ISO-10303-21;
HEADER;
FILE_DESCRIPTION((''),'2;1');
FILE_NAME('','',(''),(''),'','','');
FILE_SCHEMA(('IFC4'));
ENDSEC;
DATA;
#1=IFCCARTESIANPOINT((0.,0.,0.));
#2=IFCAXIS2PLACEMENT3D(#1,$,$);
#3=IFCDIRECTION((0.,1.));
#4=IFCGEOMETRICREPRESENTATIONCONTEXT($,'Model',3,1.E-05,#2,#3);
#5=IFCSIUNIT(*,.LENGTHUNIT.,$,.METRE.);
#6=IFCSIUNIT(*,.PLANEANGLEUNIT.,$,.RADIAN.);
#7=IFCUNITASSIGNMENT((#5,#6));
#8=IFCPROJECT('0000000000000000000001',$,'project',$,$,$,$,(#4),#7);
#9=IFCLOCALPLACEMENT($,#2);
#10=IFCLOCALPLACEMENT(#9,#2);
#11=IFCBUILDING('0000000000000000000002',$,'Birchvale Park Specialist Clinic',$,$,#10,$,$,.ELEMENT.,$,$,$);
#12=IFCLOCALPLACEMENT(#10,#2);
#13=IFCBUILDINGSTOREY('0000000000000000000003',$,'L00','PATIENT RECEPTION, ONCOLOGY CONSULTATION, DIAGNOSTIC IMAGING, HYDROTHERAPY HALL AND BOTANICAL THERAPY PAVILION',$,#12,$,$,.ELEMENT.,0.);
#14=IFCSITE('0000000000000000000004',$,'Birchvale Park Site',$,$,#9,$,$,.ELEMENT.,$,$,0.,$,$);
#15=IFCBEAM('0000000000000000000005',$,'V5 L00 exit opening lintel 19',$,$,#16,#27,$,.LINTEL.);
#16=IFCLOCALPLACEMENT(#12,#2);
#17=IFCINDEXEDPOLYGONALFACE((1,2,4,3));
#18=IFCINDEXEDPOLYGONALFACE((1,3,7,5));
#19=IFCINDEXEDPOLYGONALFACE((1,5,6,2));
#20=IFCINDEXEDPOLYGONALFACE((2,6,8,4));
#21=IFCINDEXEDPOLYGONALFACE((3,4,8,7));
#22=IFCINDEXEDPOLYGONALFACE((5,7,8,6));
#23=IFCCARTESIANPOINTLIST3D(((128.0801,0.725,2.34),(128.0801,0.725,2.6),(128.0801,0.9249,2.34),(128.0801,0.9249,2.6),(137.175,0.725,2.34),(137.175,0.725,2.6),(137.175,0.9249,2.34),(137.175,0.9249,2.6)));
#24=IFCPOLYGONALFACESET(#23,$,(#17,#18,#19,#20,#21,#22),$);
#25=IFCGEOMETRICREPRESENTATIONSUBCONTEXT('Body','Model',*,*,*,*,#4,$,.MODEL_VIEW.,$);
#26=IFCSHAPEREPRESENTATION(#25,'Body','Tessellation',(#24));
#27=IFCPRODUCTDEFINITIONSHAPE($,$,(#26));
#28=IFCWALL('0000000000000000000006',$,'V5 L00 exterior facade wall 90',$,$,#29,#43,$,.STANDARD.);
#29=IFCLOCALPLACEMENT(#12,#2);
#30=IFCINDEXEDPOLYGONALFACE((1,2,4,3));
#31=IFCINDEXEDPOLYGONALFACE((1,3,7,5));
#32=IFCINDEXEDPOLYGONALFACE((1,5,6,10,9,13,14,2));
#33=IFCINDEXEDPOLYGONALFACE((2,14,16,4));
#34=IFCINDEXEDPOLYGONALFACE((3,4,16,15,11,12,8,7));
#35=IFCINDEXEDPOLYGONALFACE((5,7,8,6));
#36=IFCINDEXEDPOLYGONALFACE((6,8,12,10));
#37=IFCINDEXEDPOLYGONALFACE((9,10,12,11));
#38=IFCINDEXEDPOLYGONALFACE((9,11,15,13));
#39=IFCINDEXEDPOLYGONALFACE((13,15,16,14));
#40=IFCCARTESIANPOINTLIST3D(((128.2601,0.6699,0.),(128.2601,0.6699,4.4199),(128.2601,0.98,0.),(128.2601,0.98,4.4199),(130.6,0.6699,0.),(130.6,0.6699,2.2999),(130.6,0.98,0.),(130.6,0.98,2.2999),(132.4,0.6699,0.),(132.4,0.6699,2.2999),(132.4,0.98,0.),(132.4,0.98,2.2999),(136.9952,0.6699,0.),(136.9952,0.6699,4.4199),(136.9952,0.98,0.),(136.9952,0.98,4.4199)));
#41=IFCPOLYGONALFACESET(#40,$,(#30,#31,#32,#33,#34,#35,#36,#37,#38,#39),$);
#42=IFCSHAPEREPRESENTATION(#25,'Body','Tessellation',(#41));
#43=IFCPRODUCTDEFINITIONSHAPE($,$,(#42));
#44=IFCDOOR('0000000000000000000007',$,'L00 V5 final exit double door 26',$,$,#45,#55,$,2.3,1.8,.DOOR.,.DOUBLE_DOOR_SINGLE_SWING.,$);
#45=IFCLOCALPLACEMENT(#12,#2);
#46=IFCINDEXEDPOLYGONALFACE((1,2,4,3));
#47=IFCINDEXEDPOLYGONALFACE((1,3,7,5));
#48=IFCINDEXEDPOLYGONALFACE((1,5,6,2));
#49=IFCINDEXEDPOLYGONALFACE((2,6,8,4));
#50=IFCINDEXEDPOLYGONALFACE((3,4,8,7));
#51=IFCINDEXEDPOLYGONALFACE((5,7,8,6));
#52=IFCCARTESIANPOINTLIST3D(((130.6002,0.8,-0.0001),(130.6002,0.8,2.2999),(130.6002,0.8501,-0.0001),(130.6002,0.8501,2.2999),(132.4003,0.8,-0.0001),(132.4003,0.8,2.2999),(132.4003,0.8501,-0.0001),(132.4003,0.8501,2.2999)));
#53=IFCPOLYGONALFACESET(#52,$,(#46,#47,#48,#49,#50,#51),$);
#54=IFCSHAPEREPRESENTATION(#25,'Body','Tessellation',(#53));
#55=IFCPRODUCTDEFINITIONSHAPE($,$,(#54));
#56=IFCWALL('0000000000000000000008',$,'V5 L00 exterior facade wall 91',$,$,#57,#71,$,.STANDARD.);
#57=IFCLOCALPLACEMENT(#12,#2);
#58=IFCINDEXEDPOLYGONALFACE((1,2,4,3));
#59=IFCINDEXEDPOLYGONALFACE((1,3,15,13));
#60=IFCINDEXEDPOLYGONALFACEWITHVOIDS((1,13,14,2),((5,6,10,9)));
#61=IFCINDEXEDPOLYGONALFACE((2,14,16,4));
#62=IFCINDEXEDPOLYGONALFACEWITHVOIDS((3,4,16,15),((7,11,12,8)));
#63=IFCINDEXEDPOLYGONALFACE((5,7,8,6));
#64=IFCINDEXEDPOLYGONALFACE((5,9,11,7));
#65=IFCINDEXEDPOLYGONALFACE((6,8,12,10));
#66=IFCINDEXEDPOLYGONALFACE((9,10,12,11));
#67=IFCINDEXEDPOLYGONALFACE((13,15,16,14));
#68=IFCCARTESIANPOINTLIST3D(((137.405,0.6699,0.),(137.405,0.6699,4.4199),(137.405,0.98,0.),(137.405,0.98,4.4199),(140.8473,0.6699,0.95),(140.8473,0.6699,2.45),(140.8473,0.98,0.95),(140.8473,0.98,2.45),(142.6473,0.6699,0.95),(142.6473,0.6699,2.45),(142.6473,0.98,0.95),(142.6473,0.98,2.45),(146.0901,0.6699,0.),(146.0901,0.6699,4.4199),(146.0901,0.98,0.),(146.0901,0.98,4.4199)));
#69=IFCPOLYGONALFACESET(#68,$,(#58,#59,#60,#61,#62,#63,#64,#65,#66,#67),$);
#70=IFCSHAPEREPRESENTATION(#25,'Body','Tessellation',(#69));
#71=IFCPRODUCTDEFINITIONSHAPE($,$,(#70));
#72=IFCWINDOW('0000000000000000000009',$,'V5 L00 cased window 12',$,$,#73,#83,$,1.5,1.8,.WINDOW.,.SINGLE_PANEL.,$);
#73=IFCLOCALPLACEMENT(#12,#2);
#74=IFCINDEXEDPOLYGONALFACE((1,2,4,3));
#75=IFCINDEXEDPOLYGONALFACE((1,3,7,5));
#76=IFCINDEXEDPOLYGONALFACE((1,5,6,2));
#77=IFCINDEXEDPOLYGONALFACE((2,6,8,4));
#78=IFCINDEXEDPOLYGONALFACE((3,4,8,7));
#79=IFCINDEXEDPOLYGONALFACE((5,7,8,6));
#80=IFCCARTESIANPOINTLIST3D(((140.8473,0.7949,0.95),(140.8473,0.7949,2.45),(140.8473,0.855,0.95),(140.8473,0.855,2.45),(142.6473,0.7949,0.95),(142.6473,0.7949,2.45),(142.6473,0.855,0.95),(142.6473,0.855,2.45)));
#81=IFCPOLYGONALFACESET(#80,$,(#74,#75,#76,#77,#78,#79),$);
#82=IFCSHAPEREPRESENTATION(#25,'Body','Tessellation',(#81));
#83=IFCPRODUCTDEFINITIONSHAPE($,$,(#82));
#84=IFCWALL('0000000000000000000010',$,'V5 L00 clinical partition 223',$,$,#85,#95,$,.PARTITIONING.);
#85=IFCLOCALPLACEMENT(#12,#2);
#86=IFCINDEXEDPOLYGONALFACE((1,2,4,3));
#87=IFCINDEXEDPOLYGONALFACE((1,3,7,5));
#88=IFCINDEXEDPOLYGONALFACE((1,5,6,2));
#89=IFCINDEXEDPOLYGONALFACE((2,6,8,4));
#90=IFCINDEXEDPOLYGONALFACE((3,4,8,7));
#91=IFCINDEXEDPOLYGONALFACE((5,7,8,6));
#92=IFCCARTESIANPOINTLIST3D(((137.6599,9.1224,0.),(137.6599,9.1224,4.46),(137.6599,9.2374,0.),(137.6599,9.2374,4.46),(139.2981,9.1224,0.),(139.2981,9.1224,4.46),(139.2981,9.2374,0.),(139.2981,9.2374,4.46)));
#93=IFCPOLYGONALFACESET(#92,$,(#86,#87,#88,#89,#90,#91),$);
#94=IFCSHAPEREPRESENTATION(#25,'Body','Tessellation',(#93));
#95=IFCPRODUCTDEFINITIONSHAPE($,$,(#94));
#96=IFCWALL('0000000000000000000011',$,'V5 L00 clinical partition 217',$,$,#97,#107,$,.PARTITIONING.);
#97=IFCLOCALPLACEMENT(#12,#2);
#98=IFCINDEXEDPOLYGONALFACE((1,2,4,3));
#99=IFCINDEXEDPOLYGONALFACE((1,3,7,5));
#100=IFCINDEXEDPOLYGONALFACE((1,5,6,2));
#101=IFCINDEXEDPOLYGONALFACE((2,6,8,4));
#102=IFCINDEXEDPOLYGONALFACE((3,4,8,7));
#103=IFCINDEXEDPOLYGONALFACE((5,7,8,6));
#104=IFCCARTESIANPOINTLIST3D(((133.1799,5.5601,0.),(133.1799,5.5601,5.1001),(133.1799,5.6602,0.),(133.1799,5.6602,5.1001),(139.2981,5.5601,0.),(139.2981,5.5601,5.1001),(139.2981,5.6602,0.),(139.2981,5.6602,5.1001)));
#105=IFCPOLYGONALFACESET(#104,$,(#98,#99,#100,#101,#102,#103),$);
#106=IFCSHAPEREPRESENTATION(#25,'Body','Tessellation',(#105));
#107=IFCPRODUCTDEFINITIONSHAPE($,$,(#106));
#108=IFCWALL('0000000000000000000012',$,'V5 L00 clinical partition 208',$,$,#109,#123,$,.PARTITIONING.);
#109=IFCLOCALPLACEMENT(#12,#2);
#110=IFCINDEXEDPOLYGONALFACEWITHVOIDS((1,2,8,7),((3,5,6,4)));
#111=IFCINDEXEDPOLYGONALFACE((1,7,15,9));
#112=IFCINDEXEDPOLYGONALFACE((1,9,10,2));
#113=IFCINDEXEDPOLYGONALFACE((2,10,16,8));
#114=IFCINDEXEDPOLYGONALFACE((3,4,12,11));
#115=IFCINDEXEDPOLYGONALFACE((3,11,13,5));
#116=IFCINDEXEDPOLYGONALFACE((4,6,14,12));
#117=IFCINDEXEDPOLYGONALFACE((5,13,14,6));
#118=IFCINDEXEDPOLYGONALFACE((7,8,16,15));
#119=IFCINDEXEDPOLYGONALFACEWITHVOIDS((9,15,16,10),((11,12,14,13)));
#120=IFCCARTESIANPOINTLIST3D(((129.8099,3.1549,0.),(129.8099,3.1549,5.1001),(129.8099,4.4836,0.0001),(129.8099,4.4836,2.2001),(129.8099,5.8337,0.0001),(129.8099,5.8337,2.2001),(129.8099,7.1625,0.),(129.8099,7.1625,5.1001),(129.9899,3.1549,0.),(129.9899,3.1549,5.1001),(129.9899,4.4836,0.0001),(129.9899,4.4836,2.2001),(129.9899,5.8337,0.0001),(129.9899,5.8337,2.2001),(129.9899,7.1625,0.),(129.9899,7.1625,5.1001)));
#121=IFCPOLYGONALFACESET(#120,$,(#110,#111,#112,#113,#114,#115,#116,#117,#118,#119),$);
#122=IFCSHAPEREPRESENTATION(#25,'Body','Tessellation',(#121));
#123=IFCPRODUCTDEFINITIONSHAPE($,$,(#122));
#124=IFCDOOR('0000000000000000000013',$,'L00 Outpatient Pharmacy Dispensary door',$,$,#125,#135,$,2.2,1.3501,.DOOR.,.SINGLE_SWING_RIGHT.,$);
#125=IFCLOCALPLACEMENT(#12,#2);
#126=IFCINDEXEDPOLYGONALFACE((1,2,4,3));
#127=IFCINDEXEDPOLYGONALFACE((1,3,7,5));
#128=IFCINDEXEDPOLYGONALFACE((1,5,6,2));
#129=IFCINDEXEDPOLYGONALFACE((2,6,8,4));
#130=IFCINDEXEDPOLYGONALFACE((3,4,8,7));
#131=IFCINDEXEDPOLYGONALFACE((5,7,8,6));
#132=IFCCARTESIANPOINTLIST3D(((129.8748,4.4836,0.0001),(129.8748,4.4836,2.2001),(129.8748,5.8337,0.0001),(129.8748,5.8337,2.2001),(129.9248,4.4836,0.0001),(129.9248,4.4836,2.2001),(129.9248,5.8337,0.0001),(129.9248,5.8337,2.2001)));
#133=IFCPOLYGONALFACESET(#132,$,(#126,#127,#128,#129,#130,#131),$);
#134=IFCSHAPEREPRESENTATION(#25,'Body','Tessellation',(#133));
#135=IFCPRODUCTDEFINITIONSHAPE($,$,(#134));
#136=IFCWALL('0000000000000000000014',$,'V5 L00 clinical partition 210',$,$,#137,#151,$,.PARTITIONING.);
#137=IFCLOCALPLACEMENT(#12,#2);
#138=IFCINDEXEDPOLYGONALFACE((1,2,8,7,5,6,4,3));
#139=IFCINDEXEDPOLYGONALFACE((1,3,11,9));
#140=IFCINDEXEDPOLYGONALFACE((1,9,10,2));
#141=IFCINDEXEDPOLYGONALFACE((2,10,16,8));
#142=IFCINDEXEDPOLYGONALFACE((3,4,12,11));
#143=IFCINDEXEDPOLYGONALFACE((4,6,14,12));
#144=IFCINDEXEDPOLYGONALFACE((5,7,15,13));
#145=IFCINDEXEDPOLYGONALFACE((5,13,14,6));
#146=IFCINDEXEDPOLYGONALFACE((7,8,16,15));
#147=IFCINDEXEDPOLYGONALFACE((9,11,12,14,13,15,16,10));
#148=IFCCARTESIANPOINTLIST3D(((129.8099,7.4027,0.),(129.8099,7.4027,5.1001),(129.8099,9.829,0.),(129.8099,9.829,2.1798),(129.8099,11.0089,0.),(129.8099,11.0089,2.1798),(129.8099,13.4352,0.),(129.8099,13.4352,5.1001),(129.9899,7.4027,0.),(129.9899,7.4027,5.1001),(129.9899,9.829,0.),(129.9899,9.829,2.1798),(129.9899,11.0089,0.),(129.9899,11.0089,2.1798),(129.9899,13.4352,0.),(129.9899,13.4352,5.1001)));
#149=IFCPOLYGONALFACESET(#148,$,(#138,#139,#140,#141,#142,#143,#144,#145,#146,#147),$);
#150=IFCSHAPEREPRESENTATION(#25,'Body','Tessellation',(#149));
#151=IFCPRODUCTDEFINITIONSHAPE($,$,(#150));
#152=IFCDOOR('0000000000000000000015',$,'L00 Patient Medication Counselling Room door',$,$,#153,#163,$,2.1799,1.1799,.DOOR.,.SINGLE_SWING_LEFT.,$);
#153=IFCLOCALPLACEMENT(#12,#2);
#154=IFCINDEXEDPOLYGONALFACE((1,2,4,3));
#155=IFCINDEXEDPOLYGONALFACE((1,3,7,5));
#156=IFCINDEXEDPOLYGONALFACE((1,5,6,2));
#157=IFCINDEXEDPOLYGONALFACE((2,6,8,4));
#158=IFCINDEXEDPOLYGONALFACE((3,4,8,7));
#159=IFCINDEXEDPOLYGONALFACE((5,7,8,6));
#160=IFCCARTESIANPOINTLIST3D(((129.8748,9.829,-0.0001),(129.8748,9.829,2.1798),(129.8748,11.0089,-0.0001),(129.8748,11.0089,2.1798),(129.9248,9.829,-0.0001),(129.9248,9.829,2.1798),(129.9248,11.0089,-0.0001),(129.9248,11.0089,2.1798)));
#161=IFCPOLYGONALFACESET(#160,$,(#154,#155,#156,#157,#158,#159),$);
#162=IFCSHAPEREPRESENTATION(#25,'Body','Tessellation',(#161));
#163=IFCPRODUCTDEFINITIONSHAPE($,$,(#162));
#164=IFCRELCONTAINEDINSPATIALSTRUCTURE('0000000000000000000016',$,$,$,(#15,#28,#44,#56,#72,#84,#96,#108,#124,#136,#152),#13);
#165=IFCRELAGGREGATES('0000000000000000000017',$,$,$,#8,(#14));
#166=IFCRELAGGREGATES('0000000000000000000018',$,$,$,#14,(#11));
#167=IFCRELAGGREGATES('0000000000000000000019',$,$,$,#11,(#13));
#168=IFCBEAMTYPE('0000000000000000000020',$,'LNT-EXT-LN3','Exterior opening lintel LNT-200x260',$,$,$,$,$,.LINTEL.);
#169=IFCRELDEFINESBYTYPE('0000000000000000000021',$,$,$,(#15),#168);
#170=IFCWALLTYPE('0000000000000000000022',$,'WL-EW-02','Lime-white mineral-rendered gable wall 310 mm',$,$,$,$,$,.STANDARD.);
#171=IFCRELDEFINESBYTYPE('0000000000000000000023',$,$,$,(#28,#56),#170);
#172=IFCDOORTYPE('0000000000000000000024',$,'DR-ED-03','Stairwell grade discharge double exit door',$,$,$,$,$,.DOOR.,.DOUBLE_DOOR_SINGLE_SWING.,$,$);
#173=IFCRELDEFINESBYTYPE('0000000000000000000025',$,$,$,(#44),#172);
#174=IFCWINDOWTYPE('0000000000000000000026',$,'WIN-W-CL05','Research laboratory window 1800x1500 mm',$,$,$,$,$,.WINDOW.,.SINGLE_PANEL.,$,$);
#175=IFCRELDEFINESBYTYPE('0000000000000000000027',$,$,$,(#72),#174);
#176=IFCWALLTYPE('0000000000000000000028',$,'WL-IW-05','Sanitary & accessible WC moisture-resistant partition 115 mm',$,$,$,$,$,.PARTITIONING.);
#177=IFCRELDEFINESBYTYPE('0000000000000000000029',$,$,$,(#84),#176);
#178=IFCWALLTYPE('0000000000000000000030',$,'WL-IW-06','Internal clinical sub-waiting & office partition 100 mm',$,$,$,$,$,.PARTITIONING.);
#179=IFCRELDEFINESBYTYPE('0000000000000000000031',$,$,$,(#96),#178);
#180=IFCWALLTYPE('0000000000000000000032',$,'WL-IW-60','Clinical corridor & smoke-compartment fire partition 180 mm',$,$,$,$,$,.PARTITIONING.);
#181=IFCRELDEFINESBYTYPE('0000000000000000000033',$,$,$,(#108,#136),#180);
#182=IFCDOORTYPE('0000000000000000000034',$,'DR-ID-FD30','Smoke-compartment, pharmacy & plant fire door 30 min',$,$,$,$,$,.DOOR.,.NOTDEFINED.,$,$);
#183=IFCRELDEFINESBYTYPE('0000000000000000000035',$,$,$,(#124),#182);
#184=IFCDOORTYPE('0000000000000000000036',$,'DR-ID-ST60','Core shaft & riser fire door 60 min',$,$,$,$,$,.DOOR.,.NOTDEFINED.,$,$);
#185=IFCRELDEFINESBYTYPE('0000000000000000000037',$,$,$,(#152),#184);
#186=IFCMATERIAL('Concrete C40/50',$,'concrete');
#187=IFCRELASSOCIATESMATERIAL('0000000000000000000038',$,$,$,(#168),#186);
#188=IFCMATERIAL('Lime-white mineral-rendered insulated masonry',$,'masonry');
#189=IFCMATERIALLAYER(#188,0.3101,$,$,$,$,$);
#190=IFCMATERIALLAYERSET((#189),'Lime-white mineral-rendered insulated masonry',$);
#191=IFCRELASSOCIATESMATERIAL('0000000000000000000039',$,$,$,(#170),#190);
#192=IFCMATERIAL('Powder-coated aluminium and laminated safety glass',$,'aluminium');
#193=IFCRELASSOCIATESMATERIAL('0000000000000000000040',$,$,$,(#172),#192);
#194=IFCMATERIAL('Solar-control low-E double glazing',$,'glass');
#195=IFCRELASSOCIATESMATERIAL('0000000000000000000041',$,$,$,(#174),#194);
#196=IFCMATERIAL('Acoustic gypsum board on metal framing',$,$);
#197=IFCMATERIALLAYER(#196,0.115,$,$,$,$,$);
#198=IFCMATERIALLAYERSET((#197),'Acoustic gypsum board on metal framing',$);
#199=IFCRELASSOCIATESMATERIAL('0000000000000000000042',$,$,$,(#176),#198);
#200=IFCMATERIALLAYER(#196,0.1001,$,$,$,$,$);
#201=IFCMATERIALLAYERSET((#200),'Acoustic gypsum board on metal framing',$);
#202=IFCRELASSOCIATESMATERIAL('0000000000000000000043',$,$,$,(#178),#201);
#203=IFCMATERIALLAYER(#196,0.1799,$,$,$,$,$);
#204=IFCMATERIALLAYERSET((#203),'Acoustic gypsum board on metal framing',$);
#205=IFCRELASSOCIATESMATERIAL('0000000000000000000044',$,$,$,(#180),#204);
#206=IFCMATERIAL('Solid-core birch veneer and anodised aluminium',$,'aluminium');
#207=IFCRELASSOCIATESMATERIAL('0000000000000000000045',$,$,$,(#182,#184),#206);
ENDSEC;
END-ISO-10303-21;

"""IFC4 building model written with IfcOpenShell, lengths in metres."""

from ifc_helpers import new_model, si_unit, direction, frame, frame_2d, origin, origin_2d, place, context, subcontext, project, spatial, rectangle, extrude, material, layer, layer_set, material_profile, profile_set, type_object, element, fill, save


model = new_model("IFC4")

# Units and contexts
model_context = context("Model", 3, precision=1e-05, world=origin(), true_north=direction((0.0, 1.0)))
body_context = subcontext(model_context, "Body", "Model", "MODEL_VIEW")
ifc_project = project(units=[si_unit("LENGTHUNIT", "METRE"), si_unit("PLANEANGLEUNIT", "RADIAN")], contexts=[model_context])

# Site, building, storey
site_placement = place(None, origin())
site = spatial("IfcSite", under=ifc_project, at=site_placement, Name="Birchvale Park Site", CompositionType="ELEMENT", RefElevation=0.0)
building_placement = place(site_placement, origin())
building = spatial("IfcBuilding", under=site, at=building_placement, Name="Birchvale Park Specialist Clinic", CompositionType="ELEMENT")
storey_placement = place(building_placement, origin())
storey = spatial("IfcBuildingStorey", under=building, at=storey_placement, Name="L00", Description="PATIENT RECEPTION, ONCOLOGY CONSULTATION, DIAGNOSTIC IMAGING, HYDROTHERAPY HALL AND BOTANICAL THERAPY PAVILION", CompositionType="ELEMENT", Elevation=0.0)

# Shared definitions
ifc_material_1 = material(Name="Concrete C40/50", Category="concrete")

# Beam
ifc_material_profile_1 = material_profile(ifc_material_1, rectangle(XDim=0.2, YDim=0.26, at=origin_2d()), Name="LNT-200x260")
ifc_profile_set_1 = profile_set([ifc_material_profile_1], Name="Concrete C40/50")
beam_type = type_object("IfcBeamType", Name="LNT-EXT-LN3", Description="Exterior opening lintel LNT-200x260", PredefinedType="LINTEL", material=ifc_profile_set_1)
beam_placement = place(storey_placement, frame((128.0801, 0.825, 2.47), z_axis=(1.0, 0.0, 0.0), x_axis=(0.0, 1.0, 0.0)))
element("IfcBeam", 1, at=beam_placement, inside=storey, type_object=beam_type, Name="V5 L00 exit opening lintel 19", PredefinedType="LINTEL", context=body_context, shape_type="SweptSolid", body=[
    extrude(rectangle(XDim=0.2, YDim=0.26, at=origin_2d()), origin(), (0.0, 0.0, 1.0), 9.095),
])

# Wall, opening, door
ifc_material_2 = material(Name="Lime-white mineral-rendered insulated masonry", Category="masonry")
ifc_layer_1 = layer(ifc_material_2, 0.3101)
ifc_layer_set_1 = layer_set([ifc_layer_1], Name="Lime-white mineral-rendered insulated masonry")
wall_type_1 = type_object("IfcWallType", Name="WL-EW-02", Description="Lime-white mineral-rendered gable wall 310 mm", PredefinedType="STANDARD", material=ifc_layer_set_1)
wall_1_placement = place(storey_placement, frame((128.26, 0.825, 0.0), z_axis=(0.0, 0.0, 1.0), x_axis=(1.0, 0.0, 0.0)))
wall_1 = element("IfcWall", 2, at=wall_1_placement, inside=storey, type_object=wall_type_1, Name="V5 L00 exterior facade wall 90", PredefinedType="STANDARD", context=body_context, shape_type="SweptSolid", body=[
    extrude(rectangle(XDim=8.7351, YDim=0.3101, at=frame_2d((4.3677, 0.0))), origin(), (0.0, 0.0, 1.0), 4.4199),
])
opening_1_placement = place(wall_1_placement, frame((2.3401, 0.0, 0.0)))
opening_1 = element("IfcOpeningElement", 3, at=opening_1_placement, cuts=wall_1, PredefinedType="OPENING", context=body_context, shape_type="SweptSolid", body=[
    extrude(rectangle(XDim=1.8, YDim=2.3, at=frame_2d((0.8999, 1.1499))), frame((0.0, 0.165, 0.0), z_axis=(0.0, -1.0, 0.0), x_axis=(1.0, 0.0, 0.0)), (0.0, 0.0, 1.0), 0.3301),
])
ifc_material_3 = material(Name="Powder-coated aluminium and laminated safety glass", Category="aluminium")
door_type_1 = type_object("IfcDoorType", Name="DR-ED-03", Description="Stairwell grade discharge double exit door", OperationType="DOUBLE_DOOR_SINGLE_SWING", PredefinedType="DOOR", material=ifc_material_3)
door_1_placement = place(opening_1_placement, frame((1.8, 0.0, 0.0), z_axis=(0.0, 0.0, 1.0), x_axis=(-1.0, 0.0, 0.0)))
door_1 = element("IfcDoor", 4, at=door_1_placement, inside=storey, type_object=door_type_1, Name="L00 V5 final exit double door 26", OperationType="DOUBLE_DOOR_SINGLE_SWING", OverallHeight=2.3, OverallWidth=1.8, PredefinedType="DOOR", context=body_context, shape_type="SweptSolid", body=[
    extrude(rectangle(XDim=1.8, YDim=2.3, at=frame_2d((0.8999, 1.1499))), frame((0.0, 0.0249, 0.0), z_axis=(0.0, -1.0, 0.0), x_axis=(1.0, 0.0, 0.0)), (0.0, 0.0, 1.0), 0.05),
])
fill(opening_1, door_1)

# Wall, opening, window
wall_2_placement = place(storey_placement, frame((137.405, 0.825, 0.0), z_axis=(0.0, 0.0, 1.0), x_axis=(1.0, 0.0, 0.0)))
wall_2 = element("IfcWall", 5, at=wall_2_placement, inside=storey, type_object=wall_type_1, Name="V5 L00 exterior facade wall 91", PredefinedType="STANDARD", context=body_context, shape_type="SweptSolid", body=[
    extrude(rectangle(XDim=8.6851, YDim=0.3101, at=frame_2d((4.3425, 0.0))), origin(), (0.0, 0.0, 1.0), 4.4199),
])
opening_2_placement = place(wall_2_placement, frame((3.4424, 0.0, 0.95)))
opening_2 = element("IfcOpeningElement", 6, at=opening_2_placement, cuts=wall_2, PredefinedType="OPENING", context=body_context, shape_type="SweptSolid", body=[
    extrude(rectangle(XDim=1.8, YDim=1.5, at=frame_2d((0.8999, 0.75))), frame((0.0, 0.165, 0.0), z_axis=(0.0, -1.0, 0.0), x_axis=(1.0, 0.0, 0.0)), (0.0, 0.0, 1.0), 0.3301),
])
ifc_material_4 = material(Name="Solar-control low-E double glazing", Category="glass")
window_type = type_object("IfcWindowType", Name="WIN-W-CL05", Description="Research laboratory window 1800x1500 mm", PartitioningType="SINGLE_PANEL", PredefinedType="WINDOW", material=ifc_material_4)
window_placement = place(opening_2_placement, origin())
window = element("IfcWindow", 7, at=window_placement, inside=storey, type_object=window_type, Name="V5 L00 cased window 12", OverallHeight=1.5, OverallWidth=1.8, PartitioningType="SINGLE_PANEL", PredefinedType="WINDOW", context=body_context, shape_type="SweptSolid", body=[
    extrude(rectangle(XDim=1.8, YDim=1.5, at=frame_2d((0.8999, 0.75))), frame((0.0, 0.03, 0.0), z_axis=(0.0, -1.0, 0.0), x_axis=(1.0, 0.0, 0.0)), (0.0, 0.0, 1.0), 0.0601),
])
fill(opening_2, window)

# Walls
ifc_material_5 = material(Name="Acoustic gypsum board on metal framing")
ifc_layer_2 = layer(ifc_material_5, 0.115)
ifc_layer_set_2 = layer_set([ifc_layer_2], Name="Acoustic gypsum board on metal framing")
wall_type_2 = type_object("IfcWallType", Name="WL-IW-05", Description="Sanitary & accessible WC moisture-resistant partition 115 mm", PredefinedType="PARTITIONING", material=ifc_layer_set_2)
wall_3_placement = place(storey_placement, frame((137.6599, 9.1799, 0.0), z_axis=(0.0, 0.0, 1.0), x_axis=(1.0, 0.0, 0.0)))
element("IfcWall", 8, at=wall_3_placement, inside=storey, type_object=wall_type_2, Name="V5 L00 clinical partition 223", PredefinedType="PARTITIONING", context=body_context, shape_type="SweptSolid", body=[
    extrude(rectangle(XDim=1.6382, YDim=0.115, at=frame_2d((0.8191, 0.0))), origin(), (0.0, 0.0, 1.0), 4.46),
])
ifc_layer_3 = layer(ifc_material_5, 0.1001)
ifc_layer_set_3 = layer_set([ifc_layer_3], Name="Acoustic gypsum board on metal framing")
wall_type_3 = type_object("IfcWallType", Name="WL-IW-06", Description="Internal clinical sub-waiting & office partition 100 mm", PredefinedType="PARTITIONING", material=ifc_layer_set_3)
wall_4_placement = place(storey_placement, frame((133.1799, 5.6101, 0.0), z_axis=(0.0, 0.0, 1.0), x_axis=(1.0, 0.0, 0.0)))
element("IfcWall", 9, at=wall_4_placement, inside=storey, type_object=wall_type_3, Name="V5 L00 clinical partition 217", PredefinedType="PARTITIONING", context=body_context, shape_type="SweptSolid", body=[
    extrude(rectangle(XDim=6.1182, YDim=0.1001, at=frame_2d((3.0591, 0.0))), origin(), (0.0, 0.0, 1.0), 5.1001),
])

# Walls, openings, doors
ifc_layer_4 = layer(ifc_material_5, 0.1799)
ifc_layer_set_4 = layer_set([ifc_layer_4], Name="Acoustic gypsum board on metal framing")
wall_type_4 = type_object("IfcWallType", Name="WL-IW-60", Description="Clinical corridor & smoke-compartment fire partition 180 mm", PredefinedType="PARTITIONING", material=ifc_layer_set_4)
wall_5_placement = place(storey_placement, frame((129.8999, 7.1626, 0.0), z_axis=(0.0, 0.0, 1.0), x_axis=(0.0, -1.0, 0.0)))
wall_5 = element("IfcWall", 10, at=wall_5_placement, inside=storey, type_object=wall_type_4, Name="V5 L00 clinical partition 208", PredefinedType="PARTITIONING", context=body_context, shape_type="SweptSolid", body=[
    extrude(rectangle(XDim=4.0076, YDim=0.1799, at=frame_2d((2.0039, 0.0))), origin(), (0.0, 0.0, 1.0), 5.1001),
])
opening_3_placement = place(wall_5_placement, frame((1.3289, 0.0, 0.0)))
opening_3 = element("IfcOpeningElement", 11, at=opening_3_placement, cuts=wall_5, PredefinedType="OPENING", context=body_context, shape_type="SweptSolid", body=[
    extrude(rectangle(XDim=1.3501, YDim=2.2, at=frame_2d((0.675, 1.1001))), frame((0.0, 0.1001, 0.0), z_axis=(0.0, -1.0, 0.0), x_axis=(1.0, 0.0, 0.0)), (0.0, 0.0, 1.0), 0.2),
])
ifc_material_6 = material(Name="Solid-core birch veneer and anodised aluminium", Category="aluminium")
door_type_2 = type_object("IfcDoorType", Name="DR-ID-FD30", Description="Smoke-compartment, pharmacy & plant fire door 30 min", OperationType="NOTDEFINED", PredefinedType="DOOR", material=ifc_material_6)
door_2_placement = place(opening_3_placement, origin())
door_2 = element("IfcDoor", 12, at=door_2_placement, inside=storey, type_object=door_type_2, Name="L00 Outpatient Pharmacy Dispensary door", OperationType="SINGLE_SWING_RIGHT", OverallHeight=2.2, OverallWidth=1.3501, PredefinedType="DOOR", context=body_context, shape_type="SweptSolid", body=[
    extrude(rectangle(XDim=1.3501, YDim=2.2, at=frame_2d((0.675, 1.1001))), frame((0.0, 0.0249, 0.0), z_axis=(0.0, -1.0, 0.0), x_axis=(1.0, 0.0, 0.0)), (0.0, 0.0, 1.0), 0.05),
])
fill(opening_3, door_2)
wall_6_placement = place(storey_placement, frame((129.8999, 13.4351, 0.0), z_axis=(0.0, 0.0, 1.0), x_axis=(0.0, -1.0, 0.0)))
wall_6 = element("IfcWall", 13, at=wall_6_placement, inside=storey, type_object=wall_type_4, Name="V5 L00 clinical partition 210", PredefinedType="PARTITIONING", context=body_context, shape_type="SweptSolid", body=[
    extrude(rectangle(XDim=6.0325, YDim=0.1799, at=frame_2d((3.0161, 0.0))), origin(), (0.0, 0.0, 1.0), 5.1001),
])
opening_4_placement = place(wall_6_placement, frame((2.4263, 0.0, 0.0)))
opening_4 = element("IfcOpeningElement", 14, at=opening_4_placement, cuts=wall_6, PredefinedType="OPENING", context=body_context, shape_type="SweptSolid", body=[
    extrude(rectangle(XDim=1.1799, YDim=2.1799, at=frame_2d((0.5898, 1.0898))), frame((0.0, 0.1001, 0.0), z_axis=(0.0, -1.0, 0.0), x_axis=(1.0, 0.0, 0.0)), (0.0, 0.0, 1.0), 0.2),
])
door_type_3 = type_object("IfcDoorType", Name="DR-ID-ST60", Description="Core shaft & riser fire door 60 min", OperationType="NOTDEFINED", PredefinedType="DOOR", material=ifc_material_6)
door_3_placement = place(opening_4_placement, origin())
door_3 = element("IfcDoor", 15, at=door_3_placement, inside=storey, type_object=door_type_3, Name="L00 Patient Medication Counselling Room door", OperationType="SINGLE_SWING_LEFT", OverallHeight=2.1799, OverallWidth=1.1799, PredefinedType="DOOR", context=body_context, shape_type="SweptSolid", body=[
    extrude(rectangle(XDim=1.1799, YDim=2.1799, at=frame_2d((0.5898, 1.0898))), frame((0.0, 0.0249, 0.0), z_axis=(0.0, -1.0, 0.0), x_axis=(1.0, 0.0, 0.0)), (0.0, 0.0, 1.0), 0.05),
])
fill(opening_4, door_3)

save(model, "model.ifc")
